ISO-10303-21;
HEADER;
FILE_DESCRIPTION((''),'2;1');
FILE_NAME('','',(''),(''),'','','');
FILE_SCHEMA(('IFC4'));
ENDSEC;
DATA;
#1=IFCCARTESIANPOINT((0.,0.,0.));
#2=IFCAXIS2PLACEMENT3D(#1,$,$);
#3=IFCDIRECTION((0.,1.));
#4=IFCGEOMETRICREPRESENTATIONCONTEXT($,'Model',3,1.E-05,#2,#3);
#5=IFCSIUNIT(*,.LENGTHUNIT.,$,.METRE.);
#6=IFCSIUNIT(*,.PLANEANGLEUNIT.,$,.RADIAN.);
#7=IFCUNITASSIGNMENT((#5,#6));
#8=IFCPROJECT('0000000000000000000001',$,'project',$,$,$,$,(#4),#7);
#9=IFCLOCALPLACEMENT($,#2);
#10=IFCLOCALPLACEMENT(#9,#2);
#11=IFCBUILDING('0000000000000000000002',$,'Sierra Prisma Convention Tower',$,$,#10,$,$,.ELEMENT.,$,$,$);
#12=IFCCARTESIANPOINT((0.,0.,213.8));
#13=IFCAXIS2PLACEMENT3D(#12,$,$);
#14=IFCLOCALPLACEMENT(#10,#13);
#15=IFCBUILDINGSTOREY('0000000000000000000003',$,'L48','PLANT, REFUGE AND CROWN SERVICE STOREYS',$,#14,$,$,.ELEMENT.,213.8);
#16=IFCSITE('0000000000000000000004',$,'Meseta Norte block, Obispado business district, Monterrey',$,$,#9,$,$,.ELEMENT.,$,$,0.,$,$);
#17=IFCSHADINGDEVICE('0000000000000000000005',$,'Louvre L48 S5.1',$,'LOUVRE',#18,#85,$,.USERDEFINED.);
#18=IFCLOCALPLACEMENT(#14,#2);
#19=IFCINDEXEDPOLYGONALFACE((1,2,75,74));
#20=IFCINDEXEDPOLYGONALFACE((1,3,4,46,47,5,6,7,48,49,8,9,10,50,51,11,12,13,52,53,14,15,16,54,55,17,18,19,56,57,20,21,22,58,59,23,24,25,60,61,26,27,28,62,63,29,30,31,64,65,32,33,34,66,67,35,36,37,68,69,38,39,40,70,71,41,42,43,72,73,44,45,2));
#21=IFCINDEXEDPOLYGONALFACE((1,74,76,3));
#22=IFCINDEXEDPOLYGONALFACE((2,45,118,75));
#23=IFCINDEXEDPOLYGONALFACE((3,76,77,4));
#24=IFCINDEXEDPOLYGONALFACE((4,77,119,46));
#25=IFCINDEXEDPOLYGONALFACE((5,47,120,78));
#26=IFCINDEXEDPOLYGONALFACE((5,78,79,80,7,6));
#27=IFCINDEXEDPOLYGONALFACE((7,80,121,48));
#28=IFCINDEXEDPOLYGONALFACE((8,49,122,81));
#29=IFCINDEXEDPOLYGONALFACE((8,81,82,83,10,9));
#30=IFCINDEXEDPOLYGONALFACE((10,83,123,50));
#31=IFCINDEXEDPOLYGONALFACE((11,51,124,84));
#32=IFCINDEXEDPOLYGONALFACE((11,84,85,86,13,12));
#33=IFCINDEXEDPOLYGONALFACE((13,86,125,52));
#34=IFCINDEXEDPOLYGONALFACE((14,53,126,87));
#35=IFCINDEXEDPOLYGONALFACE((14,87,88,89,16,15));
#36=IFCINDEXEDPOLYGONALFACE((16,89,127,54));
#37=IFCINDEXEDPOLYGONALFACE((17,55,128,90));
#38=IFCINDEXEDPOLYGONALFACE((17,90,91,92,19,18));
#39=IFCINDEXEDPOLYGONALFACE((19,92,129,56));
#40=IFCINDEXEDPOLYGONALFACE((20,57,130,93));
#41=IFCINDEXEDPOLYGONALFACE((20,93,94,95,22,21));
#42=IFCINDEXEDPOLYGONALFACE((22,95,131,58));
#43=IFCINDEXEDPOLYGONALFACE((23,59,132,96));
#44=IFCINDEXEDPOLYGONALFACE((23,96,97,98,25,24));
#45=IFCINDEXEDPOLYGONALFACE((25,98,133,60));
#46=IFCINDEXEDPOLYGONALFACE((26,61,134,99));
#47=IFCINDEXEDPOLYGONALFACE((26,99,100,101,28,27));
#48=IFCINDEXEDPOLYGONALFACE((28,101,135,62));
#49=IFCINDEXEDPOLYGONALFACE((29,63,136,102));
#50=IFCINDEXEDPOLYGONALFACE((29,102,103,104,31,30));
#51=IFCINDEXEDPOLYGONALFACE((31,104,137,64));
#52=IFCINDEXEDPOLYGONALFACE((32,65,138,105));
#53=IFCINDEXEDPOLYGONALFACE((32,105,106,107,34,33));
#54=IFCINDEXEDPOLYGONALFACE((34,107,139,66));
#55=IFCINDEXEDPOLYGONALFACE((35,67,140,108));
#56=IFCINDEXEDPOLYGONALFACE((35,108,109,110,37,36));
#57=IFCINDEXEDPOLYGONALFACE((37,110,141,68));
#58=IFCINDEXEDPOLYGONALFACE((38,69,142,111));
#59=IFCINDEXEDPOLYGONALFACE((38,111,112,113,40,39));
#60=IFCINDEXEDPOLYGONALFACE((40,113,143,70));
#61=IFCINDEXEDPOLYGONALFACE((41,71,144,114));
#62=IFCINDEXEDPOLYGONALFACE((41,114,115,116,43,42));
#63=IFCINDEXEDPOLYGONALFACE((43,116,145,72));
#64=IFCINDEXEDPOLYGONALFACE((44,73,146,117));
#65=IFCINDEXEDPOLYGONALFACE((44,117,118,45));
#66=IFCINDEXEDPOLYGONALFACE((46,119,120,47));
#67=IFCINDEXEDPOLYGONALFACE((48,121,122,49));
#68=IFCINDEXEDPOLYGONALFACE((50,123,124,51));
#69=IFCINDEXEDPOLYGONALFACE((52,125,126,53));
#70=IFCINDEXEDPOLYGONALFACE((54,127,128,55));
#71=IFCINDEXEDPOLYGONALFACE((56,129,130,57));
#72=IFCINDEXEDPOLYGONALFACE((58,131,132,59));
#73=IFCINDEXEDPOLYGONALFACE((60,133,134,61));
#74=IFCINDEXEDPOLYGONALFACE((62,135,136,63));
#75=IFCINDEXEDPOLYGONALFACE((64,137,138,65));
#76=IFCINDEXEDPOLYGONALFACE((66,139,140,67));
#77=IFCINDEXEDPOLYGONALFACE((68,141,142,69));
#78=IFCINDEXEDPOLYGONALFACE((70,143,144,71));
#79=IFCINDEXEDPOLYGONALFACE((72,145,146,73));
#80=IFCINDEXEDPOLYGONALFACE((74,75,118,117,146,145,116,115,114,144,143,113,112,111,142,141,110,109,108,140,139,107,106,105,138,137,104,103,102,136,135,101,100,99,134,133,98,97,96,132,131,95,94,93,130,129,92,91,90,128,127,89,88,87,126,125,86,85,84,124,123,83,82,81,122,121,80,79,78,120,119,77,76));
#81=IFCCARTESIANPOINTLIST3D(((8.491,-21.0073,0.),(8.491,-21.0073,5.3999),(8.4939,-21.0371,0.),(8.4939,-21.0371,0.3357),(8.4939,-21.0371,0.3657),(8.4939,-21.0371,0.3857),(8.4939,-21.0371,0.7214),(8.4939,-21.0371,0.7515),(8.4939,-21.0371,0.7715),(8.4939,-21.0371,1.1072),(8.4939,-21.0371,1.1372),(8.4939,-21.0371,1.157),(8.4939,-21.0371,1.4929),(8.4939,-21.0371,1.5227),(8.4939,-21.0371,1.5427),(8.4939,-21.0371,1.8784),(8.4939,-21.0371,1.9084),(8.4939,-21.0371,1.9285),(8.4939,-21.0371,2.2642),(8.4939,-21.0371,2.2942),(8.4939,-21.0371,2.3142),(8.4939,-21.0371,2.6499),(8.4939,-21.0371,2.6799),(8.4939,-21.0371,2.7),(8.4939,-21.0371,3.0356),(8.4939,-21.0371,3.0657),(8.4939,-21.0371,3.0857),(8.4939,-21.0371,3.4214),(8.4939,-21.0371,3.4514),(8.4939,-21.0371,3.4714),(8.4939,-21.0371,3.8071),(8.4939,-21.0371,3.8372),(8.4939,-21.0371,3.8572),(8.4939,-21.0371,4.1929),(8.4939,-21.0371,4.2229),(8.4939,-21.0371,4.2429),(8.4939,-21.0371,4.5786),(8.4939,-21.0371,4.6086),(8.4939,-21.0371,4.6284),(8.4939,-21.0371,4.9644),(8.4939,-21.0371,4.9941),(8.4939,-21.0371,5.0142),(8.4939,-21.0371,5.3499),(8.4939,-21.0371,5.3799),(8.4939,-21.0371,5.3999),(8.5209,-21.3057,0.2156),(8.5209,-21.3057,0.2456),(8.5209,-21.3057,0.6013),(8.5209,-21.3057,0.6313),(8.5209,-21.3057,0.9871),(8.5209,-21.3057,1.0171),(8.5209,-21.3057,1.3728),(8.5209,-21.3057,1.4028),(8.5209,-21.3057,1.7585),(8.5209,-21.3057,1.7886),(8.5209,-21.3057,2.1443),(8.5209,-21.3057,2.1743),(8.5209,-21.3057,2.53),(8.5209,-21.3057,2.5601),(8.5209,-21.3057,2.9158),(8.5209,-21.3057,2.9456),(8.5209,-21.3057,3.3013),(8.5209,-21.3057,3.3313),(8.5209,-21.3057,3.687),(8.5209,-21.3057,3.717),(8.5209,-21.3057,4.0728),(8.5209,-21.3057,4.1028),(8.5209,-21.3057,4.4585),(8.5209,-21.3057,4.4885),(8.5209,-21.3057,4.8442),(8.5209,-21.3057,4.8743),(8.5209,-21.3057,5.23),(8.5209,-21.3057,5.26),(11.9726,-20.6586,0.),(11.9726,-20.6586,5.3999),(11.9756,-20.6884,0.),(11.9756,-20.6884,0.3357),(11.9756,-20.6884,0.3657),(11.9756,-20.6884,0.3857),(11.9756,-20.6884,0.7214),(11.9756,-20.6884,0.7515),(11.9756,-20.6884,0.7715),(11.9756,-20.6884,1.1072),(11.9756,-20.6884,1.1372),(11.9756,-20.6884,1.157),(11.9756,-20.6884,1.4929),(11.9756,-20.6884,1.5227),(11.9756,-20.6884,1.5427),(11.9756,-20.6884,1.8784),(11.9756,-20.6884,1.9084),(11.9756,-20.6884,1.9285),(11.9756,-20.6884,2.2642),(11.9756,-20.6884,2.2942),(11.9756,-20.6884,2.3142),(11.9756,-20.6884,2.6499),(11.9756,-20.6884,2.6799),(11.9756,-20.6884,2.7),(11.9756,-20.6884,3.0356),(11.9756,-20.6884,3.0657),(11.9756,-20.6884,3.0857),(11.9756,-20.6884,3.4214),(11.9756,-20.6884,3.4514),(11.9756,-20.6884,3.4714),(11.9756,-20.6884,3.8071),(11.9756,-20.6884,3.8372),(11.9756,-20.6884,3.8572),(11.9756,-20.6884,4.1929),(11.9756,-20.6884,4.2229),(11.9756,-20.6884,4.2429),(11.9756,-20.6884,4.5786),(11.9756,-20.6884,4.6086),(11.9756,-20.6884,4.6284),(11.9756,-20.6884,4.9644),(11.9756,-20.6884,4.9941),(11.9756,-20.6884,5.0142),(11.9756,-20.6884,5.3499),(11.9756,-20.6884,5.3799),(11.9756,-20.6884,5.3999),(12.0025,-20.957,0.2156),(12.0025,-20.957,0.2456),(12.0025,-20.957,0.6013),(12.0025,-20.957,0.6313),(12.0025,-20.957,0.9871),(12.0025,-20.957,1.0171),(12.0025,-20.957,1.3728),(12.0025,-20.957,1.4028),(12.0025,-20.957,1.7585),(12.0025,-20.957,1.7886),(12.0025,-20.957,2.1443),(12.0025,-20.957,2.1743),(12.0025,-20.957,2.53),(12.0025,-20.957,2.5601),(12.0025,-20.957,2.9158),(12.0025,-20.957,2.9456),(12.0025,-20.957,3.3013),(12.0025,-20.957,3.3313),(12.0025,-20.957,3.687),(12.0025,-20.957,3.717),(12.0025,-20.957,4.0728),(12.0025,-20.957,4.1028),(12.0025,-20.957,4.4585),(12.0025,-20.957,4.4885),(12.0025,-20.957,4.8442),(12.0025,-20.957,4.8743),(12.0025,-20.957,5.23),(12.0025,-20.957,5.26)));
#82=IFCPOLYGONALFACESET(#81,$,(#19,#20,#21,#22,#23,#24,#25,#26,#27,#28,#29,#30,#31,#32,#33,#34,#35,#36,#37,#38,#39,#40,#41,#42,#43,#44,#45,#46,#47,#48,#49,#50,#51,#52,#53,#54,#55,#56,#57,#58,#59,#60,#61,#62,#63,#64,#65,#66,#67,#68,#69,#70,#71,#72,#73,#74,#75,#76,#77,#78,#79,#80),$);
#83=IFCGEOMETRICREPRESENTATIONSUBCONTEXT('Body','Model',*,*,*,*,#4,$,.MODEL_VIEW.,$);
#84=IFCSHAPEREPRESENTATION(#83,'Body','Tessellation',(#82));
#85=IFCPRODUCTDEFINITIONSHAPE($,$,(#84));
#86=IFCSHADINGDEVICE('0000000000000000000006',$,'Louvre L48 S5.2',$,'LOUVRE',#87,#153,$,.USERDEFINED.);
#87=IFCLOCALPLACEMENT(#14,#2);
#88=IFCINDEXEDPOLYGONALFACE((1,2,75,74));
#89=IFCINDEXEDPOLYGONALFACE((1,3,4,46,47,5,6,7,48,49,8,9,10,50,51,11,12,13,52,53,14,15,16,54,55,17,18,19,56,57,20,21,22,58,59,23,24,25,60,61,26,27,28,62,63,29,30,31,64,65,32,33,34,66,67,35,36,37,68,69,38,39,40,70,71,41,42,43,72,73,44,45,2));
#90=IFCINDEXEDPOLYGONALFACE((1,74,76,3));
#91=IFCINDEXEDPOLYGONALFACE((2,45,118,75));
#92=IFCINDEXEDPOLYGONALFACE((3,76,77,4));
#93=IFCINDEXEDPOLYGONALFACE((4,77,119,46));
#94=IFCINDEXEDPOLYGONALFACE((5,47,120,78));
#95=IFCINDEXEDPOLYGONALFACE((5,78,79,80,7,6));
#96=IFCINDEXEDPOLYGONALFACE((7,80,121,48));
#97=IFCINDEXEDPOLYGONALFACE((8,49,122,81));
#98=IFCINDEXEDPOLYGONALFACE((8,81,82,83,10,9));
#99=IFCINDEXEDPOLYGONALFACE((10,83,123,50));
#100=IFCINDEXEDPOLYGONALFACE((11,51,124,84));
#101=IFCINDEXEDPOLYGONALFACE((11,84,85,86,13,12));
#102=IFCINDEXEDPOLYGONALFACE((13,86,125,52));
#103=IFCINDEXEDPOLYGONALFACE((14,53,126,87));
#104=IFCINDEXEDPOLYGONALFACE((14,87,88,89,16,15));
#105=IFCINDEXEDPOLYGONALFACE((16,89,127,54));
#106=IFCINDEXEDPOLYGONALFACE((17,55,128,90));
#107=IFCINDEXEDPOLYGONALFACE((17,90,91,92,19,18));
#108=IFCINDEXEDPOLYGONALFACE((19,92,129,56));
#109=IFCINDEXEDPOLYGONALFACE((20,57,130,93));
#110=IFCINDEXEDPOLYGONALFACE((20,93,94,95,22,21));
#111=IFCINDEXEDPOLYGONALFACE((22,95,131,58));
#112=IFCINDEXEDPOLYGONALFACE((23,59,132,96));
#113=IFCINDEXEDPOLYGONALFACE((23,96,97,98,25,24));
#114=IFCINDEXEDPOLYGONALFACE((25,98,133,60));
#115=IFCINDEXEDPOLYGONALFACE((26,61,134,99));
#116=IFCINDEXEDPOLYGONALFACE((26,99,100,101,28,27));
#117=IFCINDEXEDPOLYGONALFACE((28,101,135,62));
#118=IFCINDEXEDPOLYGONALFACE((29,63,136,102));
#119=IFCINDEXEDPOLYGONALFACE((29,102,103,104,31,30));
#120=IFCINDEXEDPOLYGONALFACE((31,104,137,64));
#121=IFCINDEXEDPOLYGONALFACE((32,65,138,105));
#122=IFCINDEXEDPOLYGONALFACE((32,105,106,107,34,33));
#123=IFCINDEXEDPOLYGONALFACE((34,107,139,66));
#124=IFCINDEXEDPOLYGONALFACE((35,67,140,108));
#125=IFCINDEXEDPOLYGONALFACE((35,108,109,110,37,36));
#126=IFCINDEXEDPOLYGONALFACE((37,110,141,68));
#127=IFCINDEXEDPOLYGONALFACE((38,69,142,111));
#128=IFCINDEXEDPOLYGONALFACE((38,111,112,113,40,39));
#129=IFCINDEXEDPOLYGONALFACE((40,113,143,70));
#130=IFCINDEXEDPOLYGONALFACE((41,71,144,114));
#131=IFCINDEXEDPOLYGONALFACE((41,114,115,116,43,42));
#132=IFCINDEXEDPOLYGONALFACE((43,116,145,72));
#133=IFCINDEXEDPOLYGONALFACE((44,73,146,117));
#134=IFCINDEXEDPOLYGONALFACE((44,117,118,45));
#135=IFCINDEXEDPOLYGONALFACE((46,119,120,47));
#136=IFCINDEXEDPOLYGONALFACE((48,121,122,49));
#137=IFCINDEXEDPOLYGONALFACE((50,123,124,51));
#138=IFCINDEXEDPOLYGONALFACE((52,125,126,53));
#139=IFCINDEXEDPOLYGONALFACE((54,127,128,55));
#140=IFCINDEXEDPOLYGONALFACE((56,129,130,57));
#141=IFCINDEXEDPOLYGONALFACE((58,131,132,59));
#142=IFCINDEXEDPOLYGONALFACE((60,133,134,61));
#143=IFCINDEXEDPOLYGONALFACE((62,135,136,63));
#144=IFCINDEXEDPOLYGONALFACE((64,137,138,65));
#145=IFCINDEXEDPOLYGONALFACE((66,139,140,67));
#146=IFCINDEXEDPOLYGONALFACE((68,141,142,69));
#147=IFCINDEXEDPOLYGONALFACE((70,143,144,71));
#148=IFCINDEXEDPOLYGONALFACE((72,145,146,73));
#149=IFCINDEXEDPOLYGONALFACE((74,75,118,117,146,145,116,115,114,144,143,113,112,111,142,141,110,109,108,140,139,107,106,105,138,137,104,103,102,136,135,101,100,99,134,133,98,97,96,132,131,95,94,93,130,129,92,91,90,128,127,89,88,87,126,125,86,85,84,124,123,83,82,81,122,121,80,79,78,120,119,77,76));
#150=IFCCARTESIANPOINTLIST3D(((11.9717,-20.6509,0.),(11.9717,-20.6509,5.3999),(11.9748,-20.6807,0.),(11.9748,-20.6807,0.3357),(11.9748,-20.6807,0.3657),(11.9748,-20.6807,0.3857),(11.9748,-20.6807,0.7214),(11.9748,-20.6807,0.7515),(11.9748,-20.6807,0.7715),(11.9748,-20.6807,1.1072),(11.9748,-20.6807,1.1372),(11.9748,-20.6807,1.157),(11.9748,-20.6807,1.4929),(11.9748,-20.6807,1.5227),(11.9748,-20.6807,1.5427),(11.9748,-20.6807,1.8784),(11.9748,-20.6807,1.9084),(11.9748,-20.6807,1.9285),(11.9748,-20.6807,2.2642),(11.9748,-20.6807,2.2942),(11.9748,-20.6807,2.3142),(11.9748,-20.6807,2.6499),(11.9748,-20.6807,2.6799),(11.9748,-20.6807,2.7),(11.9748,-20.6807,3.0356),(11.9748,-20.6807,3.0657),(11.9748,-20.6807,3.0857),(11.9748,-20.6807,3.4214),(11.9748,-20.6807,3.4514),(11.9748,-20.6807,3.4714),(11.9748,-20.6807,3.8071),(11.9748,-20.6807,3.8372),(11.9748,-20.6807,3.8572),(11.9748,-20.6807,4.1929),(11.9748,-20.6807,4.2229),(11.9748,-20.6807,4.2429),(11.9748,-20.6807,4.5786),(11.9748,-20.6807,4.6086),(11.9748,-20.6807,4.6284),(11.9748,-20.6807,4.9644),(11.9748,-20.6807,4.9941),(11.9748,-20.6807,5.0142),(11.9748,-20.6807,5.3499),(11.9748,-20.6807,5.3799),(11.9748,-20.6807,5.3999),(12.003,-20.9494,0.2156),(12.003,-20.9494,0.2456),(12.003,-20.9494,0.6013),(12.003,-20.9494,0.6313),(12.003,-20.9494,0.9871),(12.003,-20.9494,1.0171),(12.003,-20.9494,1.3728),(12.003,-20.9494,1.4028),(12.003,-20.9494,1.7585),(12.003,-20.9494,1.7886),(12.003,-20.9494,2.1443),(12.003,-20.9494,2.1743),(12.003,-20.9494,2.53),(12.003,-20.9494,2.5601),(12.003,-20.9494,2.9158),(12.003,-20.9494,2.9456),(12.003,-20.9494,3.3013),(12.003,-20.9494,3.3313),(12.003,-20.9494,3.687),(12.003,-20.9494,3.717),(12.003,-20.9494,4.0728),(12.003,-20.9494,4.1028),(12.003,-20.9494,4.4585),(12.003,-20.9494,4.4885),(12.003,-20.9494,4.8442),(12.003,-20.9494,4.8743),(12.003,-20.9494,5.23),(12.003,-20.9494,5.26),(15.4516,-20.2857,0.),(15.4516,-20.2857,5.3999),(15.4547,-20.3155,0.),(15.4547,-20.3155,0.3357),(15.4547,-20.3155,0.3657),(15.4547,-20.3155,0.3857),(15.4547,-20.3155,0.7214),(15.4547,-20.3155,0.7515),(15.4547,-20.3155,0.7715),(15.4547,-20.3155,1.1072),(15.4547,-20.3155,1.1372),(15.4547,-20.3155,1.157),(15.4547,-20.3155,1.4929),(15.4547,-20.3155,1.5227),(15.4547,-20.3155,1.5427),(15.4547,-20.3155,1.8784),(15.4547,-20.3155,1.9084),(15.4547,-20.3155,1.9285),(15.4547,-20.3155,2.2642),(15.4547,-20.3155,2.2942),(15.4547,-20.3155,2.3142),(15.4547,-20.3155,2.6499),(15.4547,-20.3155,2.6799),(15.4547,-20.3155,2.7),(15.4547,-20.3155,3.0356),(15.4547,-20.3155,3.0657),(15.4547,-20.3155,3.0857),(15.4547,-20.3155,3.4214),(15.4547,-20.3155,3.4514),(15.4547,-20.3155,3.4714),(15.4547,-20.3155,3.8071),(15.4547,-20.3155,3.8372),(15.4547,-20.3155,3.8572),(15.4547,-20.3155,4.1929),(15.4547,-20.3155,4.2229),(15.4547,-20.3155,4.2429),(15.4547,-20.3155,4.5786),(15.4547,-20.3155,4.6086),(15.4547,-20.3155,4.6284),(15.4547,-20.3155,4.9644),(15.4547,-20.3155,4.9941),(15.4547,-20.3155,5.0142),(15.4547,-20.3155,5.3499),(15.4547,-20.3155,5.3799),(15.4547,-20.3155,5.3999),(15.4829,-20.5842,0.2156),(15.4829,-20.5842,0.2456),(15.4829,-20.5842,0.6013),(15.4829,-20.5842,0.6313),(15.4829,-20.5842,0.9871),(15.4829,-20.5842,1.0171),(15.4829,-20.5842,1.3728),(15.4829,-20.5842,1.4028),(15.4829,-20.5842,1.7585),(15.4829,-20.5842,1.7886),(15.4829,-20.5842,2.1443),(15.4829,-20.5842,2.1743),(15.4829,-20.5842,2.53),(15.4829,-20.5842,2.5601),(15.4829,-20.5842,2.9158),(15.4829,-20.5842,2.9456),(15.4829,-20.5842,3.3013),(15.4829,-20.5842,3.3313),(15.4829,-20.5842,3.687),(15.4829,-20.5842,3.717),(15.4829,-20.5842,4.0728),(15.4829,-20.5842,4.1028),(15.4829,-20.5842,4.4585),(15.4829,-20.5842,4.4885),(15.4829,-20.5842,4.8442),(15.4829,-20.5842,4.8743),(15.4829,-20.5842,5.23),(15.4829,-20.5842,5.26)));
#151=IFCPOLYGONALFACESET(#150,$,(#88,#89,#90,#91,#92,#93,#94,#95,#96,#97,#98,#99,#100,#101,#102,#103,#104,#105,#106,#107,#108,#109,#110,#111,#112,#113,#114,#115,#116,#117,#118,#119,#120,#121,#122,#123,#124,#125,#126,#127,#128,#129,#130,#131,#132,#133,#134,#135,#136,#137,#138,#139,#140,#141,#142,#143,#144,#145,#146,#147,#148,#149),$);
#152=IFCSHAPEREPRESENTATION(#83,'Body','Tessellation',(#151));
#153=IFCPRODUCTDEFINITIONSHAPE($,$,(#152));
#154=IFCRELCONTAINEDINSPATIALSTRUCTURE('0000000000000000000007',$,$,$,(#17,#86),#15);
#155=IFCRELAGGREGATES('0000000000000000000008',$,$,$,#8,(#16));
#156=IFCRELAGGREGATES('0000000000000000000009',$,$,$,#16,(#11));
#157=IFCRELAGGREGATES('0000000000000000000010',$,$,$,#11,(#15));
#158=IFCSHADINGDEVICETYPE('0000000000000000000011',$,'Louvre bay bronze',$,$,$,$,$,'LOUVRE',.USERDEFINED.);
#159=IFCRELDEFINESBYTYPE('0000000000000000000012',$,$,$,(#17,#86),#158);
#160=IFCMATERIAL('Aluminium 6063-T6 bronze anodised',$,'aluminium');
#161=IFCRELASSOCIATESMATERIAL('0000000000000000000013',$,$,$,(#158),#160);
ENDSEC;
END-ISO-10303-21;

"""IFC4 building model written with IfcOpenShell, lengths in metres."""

from ifc_helpers import new_model, si_unit, direction, frame, origin, place, context, subcontext, project, spatial, polyline, outline, extrude, material, type_object, element, save


model = new_model("IFC4")

# Units and contexts
model_context = context("Model", 3, precision=1e-05, world=origin(), true_north=direction((0.0, 1.0)))
body_context = subcontext(model_context, "Body", "Model", "MODEL_VIEW")
ifc_project = project(units=[si_unit("LENGTHUNIT", "METRE"), si_unit("PLANEANGLEUNIT", "RADIAN")], contexts=[model_context])

# Site, building, storey
site_placement = place(None, origin())
site = spatial("IfcSite", under=ifc_project, at=site_placement, Name="Meseta Norte block, Obispado business district, Monterrey", CompositionType="ELEMENT", RefElevation=0.0)
building_placement = place(site_placement, origin())
building = spatial("IfcBuilding", under=site, at=building_placement, Name="Sierra Prisma Convention Tower", CompositionType="ELEMENT")
storey_placement = place(building_placement, frame((0.0, 0.0, 213.8)))
storey = spatial("IfcBuildingStorey", under=building, at=storey_placement, Name="L48", Description="PLANT, REFUGE AND CROWN SERVICE STOREYS", CompositionType="ELEMENT", Elevation=213.8)

# Shading devices
ifc_material_1 = material(Name="Aluminium 6063-T6 bronze anodised", Category="aluminium")
shading_device_type = type_object("IfcShadingDeviceType", Name="Louvre bay bronze", ElementType="LOUVRE", PredefinedType="USERDEFINED", material=ifc_material_1)
shading_device_1_placement = place(storey_placement, frame((8.491, -21.0073, 0.0), z_axis=(-0.995021, -0.099662, 0.0), x_axis=(0.0, 0.0, 1.0)))
element("IfcShadingDevice", 1, at=shading_device_1_placement, inside=storey, type_object=shading_device_type, Name="Louvre L48 S5.1", ObjectType="LOUVRE", PredefinedType="USERDEFINED", context=body_context, shape_type="SweptSolid", body=[
    extrude(outline(polyline([(0.0, 0.0), (5.3999, 0.0), (5.3999, -0.0299), (5.3799, -0.0299), (5.26, -0.2999), (5.23, -0.2999), (5.3499, -0.0299), (5.0142, -0.0299), (4.9941, -0.0299), (4.8743, -0.2999), (4.8442, -0.2999), (4.9644, -0.0299), (4.6284, -0.0299), (4.6086, -0.0299), (4.4885, -0.2999), (4.4585, -0.2999), (4.5786, -0.0299), (4.2429, -0.0299), (4.2229, -0.0299), (4.1028, -0.2999), (4.0728, -0.2999), (4.1929, -0.0299), (3.8572, -0.0299), (3.8372, -0.0299), (3.717, -0.2999), (3.687, -0.2999), (3.8071, -0.0299), (3.4714, -0.0299), (3.4514, -0.0299), (3.3313, -0.2999), (3.3013, -0.2999), (3.4214, -0.0299), (3.0857, -0.0299), (3.0657, -0.0299), (2.9456, -0.2999), (2.9158, -0.2999), (3.0356, -0.0299), (2.7, -0.0299), (2.6799, -0.0299), (2.5601, -0.2999), (2.53, -0.2999), (2.6499, -0.0299), (2.3142, -0.0299), (2.2942, -0.0299), (2.1743, -0.2999), (2.1443, -0.2999), (2.2642, -0.0299), (1.9285, -0.0299), (1.9084, -0.0299), (1.7886, -0.2999), (1.7585, -0.2999), (1.8784, -0.0299), (1.5427, -0.0299), (1.5227, -0.0299), (1.4028, -0.2999), (1.3728, -0.2999), (1.4929, -0.0299), (1.157, -0.0299), (1.1372, -0.0299), (1.0171, -0.2999), (0.9871, -0.2999), (1.1072, -0.0299), (0.7715, -0.0299), (0.7515, -0.0299), (0.6313, -0.2999), (0.6013, -0.2999), (0.7214, -0.0299), (0.3857, -0.0299), (0.3657, -0.0299), (0.2456, -0.2999), (0.2156, -0.2999), (0.3357, -0.0299), (0.0, -0.0299), (0.0, 0.0)])), origin(), (0.0, 0.0, -1.0), 3.499),
])
shading_device_2_placement = place(storey_placement, frame((11.9717, -20.6509, 0.0), z_axis=(-0.994539, -0.104366, 0.0), x_axis=(0.0, 0.0, 1.0)))
element("IfcShadingDevice", 2, at=shading_device_2_placement, inside=storey, type_object=shading_device_type, Name="Louvre L48 S5.2", ObjectType="LOUVRE", PredefinedType="USERDEFINED", context=body_context, shape_type="SweptSolid", body=[
    extrude(outline(polyline([(0.0, 0.0), (5.3999, 0.0), (5.3999, -0.03), (5.3799, -0.03), (5.26, -0.3002), (5.23, -0.3002), (5.3499, -0.03), (5.0142, -0.03), (4.9941, -0.03), (4.8743, -0.3002), (4.8442, -0.3002), (4.9644, -0.03), (4.6284, -0.03), (4.6086, -0.03), (4.4885, -0.3002), (4.4585, -0.3002), (4.5786, -0.03), (4.2429, -0.03), (4.2229, -0.03), (4.1028, -0.3002), (4.0728, -0.3002), (4.1929, -0.03), (3.8572, -0.03), (3.8372, -0.03), (3.717, -0.3002), (3.687, -0.3002), (3.8071, -0.03), (3.4714, -0.03), (3.4514, -0.03), (3.3313, -0.3002), (3.3013, -0.3002), (3.4214, -0.03), (3.0857, -0.03), (3.0657, -0.03), (2.9456, -0.3002), (2.9158, -0.3002), (3.0356, -0.03), (2.7, -0.03), (2.6799, -0.03), (2.5601, -0.3002), (2.53, -0.3002), (2.6499, -0.03), (2.3142, -0.03), (2.2942, -0.03), (2.1743, -0.3002), (2.1443, -0.3002), (2.2642, -0.03), (1.9285, -0.03), (1.9084, -0.03), (1.7886, -0.3002), (1.7585, -0.3002), (1.8784, -0.03), (1.5427, -0.03), (1.5227, -0.03), (1.4028, -0.3002), (1.3728, -0.3002), (1.4929, -0.03), (1.157, -0.03), (1.1372, -0.03), (1.0171, -0.3002), (0.9871, -0.3002), (1.1072, -0.03), (0.7715, -0.03), (0.7515, -0.03), (0.6313, -0.3002), (0.6013, -0.3002), (0.7214, -0.03), (0.3857, -0.03), (0.3657, -0.03), (0.2456, -0.3002), (0.2156, -0.3002), (0.3357, -0.03), (0.0, -0.03), (0.0, 0.0)])), origin(), (0.0, 0.0, -1.0), 3.499),
])

save(model, "model.ifc")
